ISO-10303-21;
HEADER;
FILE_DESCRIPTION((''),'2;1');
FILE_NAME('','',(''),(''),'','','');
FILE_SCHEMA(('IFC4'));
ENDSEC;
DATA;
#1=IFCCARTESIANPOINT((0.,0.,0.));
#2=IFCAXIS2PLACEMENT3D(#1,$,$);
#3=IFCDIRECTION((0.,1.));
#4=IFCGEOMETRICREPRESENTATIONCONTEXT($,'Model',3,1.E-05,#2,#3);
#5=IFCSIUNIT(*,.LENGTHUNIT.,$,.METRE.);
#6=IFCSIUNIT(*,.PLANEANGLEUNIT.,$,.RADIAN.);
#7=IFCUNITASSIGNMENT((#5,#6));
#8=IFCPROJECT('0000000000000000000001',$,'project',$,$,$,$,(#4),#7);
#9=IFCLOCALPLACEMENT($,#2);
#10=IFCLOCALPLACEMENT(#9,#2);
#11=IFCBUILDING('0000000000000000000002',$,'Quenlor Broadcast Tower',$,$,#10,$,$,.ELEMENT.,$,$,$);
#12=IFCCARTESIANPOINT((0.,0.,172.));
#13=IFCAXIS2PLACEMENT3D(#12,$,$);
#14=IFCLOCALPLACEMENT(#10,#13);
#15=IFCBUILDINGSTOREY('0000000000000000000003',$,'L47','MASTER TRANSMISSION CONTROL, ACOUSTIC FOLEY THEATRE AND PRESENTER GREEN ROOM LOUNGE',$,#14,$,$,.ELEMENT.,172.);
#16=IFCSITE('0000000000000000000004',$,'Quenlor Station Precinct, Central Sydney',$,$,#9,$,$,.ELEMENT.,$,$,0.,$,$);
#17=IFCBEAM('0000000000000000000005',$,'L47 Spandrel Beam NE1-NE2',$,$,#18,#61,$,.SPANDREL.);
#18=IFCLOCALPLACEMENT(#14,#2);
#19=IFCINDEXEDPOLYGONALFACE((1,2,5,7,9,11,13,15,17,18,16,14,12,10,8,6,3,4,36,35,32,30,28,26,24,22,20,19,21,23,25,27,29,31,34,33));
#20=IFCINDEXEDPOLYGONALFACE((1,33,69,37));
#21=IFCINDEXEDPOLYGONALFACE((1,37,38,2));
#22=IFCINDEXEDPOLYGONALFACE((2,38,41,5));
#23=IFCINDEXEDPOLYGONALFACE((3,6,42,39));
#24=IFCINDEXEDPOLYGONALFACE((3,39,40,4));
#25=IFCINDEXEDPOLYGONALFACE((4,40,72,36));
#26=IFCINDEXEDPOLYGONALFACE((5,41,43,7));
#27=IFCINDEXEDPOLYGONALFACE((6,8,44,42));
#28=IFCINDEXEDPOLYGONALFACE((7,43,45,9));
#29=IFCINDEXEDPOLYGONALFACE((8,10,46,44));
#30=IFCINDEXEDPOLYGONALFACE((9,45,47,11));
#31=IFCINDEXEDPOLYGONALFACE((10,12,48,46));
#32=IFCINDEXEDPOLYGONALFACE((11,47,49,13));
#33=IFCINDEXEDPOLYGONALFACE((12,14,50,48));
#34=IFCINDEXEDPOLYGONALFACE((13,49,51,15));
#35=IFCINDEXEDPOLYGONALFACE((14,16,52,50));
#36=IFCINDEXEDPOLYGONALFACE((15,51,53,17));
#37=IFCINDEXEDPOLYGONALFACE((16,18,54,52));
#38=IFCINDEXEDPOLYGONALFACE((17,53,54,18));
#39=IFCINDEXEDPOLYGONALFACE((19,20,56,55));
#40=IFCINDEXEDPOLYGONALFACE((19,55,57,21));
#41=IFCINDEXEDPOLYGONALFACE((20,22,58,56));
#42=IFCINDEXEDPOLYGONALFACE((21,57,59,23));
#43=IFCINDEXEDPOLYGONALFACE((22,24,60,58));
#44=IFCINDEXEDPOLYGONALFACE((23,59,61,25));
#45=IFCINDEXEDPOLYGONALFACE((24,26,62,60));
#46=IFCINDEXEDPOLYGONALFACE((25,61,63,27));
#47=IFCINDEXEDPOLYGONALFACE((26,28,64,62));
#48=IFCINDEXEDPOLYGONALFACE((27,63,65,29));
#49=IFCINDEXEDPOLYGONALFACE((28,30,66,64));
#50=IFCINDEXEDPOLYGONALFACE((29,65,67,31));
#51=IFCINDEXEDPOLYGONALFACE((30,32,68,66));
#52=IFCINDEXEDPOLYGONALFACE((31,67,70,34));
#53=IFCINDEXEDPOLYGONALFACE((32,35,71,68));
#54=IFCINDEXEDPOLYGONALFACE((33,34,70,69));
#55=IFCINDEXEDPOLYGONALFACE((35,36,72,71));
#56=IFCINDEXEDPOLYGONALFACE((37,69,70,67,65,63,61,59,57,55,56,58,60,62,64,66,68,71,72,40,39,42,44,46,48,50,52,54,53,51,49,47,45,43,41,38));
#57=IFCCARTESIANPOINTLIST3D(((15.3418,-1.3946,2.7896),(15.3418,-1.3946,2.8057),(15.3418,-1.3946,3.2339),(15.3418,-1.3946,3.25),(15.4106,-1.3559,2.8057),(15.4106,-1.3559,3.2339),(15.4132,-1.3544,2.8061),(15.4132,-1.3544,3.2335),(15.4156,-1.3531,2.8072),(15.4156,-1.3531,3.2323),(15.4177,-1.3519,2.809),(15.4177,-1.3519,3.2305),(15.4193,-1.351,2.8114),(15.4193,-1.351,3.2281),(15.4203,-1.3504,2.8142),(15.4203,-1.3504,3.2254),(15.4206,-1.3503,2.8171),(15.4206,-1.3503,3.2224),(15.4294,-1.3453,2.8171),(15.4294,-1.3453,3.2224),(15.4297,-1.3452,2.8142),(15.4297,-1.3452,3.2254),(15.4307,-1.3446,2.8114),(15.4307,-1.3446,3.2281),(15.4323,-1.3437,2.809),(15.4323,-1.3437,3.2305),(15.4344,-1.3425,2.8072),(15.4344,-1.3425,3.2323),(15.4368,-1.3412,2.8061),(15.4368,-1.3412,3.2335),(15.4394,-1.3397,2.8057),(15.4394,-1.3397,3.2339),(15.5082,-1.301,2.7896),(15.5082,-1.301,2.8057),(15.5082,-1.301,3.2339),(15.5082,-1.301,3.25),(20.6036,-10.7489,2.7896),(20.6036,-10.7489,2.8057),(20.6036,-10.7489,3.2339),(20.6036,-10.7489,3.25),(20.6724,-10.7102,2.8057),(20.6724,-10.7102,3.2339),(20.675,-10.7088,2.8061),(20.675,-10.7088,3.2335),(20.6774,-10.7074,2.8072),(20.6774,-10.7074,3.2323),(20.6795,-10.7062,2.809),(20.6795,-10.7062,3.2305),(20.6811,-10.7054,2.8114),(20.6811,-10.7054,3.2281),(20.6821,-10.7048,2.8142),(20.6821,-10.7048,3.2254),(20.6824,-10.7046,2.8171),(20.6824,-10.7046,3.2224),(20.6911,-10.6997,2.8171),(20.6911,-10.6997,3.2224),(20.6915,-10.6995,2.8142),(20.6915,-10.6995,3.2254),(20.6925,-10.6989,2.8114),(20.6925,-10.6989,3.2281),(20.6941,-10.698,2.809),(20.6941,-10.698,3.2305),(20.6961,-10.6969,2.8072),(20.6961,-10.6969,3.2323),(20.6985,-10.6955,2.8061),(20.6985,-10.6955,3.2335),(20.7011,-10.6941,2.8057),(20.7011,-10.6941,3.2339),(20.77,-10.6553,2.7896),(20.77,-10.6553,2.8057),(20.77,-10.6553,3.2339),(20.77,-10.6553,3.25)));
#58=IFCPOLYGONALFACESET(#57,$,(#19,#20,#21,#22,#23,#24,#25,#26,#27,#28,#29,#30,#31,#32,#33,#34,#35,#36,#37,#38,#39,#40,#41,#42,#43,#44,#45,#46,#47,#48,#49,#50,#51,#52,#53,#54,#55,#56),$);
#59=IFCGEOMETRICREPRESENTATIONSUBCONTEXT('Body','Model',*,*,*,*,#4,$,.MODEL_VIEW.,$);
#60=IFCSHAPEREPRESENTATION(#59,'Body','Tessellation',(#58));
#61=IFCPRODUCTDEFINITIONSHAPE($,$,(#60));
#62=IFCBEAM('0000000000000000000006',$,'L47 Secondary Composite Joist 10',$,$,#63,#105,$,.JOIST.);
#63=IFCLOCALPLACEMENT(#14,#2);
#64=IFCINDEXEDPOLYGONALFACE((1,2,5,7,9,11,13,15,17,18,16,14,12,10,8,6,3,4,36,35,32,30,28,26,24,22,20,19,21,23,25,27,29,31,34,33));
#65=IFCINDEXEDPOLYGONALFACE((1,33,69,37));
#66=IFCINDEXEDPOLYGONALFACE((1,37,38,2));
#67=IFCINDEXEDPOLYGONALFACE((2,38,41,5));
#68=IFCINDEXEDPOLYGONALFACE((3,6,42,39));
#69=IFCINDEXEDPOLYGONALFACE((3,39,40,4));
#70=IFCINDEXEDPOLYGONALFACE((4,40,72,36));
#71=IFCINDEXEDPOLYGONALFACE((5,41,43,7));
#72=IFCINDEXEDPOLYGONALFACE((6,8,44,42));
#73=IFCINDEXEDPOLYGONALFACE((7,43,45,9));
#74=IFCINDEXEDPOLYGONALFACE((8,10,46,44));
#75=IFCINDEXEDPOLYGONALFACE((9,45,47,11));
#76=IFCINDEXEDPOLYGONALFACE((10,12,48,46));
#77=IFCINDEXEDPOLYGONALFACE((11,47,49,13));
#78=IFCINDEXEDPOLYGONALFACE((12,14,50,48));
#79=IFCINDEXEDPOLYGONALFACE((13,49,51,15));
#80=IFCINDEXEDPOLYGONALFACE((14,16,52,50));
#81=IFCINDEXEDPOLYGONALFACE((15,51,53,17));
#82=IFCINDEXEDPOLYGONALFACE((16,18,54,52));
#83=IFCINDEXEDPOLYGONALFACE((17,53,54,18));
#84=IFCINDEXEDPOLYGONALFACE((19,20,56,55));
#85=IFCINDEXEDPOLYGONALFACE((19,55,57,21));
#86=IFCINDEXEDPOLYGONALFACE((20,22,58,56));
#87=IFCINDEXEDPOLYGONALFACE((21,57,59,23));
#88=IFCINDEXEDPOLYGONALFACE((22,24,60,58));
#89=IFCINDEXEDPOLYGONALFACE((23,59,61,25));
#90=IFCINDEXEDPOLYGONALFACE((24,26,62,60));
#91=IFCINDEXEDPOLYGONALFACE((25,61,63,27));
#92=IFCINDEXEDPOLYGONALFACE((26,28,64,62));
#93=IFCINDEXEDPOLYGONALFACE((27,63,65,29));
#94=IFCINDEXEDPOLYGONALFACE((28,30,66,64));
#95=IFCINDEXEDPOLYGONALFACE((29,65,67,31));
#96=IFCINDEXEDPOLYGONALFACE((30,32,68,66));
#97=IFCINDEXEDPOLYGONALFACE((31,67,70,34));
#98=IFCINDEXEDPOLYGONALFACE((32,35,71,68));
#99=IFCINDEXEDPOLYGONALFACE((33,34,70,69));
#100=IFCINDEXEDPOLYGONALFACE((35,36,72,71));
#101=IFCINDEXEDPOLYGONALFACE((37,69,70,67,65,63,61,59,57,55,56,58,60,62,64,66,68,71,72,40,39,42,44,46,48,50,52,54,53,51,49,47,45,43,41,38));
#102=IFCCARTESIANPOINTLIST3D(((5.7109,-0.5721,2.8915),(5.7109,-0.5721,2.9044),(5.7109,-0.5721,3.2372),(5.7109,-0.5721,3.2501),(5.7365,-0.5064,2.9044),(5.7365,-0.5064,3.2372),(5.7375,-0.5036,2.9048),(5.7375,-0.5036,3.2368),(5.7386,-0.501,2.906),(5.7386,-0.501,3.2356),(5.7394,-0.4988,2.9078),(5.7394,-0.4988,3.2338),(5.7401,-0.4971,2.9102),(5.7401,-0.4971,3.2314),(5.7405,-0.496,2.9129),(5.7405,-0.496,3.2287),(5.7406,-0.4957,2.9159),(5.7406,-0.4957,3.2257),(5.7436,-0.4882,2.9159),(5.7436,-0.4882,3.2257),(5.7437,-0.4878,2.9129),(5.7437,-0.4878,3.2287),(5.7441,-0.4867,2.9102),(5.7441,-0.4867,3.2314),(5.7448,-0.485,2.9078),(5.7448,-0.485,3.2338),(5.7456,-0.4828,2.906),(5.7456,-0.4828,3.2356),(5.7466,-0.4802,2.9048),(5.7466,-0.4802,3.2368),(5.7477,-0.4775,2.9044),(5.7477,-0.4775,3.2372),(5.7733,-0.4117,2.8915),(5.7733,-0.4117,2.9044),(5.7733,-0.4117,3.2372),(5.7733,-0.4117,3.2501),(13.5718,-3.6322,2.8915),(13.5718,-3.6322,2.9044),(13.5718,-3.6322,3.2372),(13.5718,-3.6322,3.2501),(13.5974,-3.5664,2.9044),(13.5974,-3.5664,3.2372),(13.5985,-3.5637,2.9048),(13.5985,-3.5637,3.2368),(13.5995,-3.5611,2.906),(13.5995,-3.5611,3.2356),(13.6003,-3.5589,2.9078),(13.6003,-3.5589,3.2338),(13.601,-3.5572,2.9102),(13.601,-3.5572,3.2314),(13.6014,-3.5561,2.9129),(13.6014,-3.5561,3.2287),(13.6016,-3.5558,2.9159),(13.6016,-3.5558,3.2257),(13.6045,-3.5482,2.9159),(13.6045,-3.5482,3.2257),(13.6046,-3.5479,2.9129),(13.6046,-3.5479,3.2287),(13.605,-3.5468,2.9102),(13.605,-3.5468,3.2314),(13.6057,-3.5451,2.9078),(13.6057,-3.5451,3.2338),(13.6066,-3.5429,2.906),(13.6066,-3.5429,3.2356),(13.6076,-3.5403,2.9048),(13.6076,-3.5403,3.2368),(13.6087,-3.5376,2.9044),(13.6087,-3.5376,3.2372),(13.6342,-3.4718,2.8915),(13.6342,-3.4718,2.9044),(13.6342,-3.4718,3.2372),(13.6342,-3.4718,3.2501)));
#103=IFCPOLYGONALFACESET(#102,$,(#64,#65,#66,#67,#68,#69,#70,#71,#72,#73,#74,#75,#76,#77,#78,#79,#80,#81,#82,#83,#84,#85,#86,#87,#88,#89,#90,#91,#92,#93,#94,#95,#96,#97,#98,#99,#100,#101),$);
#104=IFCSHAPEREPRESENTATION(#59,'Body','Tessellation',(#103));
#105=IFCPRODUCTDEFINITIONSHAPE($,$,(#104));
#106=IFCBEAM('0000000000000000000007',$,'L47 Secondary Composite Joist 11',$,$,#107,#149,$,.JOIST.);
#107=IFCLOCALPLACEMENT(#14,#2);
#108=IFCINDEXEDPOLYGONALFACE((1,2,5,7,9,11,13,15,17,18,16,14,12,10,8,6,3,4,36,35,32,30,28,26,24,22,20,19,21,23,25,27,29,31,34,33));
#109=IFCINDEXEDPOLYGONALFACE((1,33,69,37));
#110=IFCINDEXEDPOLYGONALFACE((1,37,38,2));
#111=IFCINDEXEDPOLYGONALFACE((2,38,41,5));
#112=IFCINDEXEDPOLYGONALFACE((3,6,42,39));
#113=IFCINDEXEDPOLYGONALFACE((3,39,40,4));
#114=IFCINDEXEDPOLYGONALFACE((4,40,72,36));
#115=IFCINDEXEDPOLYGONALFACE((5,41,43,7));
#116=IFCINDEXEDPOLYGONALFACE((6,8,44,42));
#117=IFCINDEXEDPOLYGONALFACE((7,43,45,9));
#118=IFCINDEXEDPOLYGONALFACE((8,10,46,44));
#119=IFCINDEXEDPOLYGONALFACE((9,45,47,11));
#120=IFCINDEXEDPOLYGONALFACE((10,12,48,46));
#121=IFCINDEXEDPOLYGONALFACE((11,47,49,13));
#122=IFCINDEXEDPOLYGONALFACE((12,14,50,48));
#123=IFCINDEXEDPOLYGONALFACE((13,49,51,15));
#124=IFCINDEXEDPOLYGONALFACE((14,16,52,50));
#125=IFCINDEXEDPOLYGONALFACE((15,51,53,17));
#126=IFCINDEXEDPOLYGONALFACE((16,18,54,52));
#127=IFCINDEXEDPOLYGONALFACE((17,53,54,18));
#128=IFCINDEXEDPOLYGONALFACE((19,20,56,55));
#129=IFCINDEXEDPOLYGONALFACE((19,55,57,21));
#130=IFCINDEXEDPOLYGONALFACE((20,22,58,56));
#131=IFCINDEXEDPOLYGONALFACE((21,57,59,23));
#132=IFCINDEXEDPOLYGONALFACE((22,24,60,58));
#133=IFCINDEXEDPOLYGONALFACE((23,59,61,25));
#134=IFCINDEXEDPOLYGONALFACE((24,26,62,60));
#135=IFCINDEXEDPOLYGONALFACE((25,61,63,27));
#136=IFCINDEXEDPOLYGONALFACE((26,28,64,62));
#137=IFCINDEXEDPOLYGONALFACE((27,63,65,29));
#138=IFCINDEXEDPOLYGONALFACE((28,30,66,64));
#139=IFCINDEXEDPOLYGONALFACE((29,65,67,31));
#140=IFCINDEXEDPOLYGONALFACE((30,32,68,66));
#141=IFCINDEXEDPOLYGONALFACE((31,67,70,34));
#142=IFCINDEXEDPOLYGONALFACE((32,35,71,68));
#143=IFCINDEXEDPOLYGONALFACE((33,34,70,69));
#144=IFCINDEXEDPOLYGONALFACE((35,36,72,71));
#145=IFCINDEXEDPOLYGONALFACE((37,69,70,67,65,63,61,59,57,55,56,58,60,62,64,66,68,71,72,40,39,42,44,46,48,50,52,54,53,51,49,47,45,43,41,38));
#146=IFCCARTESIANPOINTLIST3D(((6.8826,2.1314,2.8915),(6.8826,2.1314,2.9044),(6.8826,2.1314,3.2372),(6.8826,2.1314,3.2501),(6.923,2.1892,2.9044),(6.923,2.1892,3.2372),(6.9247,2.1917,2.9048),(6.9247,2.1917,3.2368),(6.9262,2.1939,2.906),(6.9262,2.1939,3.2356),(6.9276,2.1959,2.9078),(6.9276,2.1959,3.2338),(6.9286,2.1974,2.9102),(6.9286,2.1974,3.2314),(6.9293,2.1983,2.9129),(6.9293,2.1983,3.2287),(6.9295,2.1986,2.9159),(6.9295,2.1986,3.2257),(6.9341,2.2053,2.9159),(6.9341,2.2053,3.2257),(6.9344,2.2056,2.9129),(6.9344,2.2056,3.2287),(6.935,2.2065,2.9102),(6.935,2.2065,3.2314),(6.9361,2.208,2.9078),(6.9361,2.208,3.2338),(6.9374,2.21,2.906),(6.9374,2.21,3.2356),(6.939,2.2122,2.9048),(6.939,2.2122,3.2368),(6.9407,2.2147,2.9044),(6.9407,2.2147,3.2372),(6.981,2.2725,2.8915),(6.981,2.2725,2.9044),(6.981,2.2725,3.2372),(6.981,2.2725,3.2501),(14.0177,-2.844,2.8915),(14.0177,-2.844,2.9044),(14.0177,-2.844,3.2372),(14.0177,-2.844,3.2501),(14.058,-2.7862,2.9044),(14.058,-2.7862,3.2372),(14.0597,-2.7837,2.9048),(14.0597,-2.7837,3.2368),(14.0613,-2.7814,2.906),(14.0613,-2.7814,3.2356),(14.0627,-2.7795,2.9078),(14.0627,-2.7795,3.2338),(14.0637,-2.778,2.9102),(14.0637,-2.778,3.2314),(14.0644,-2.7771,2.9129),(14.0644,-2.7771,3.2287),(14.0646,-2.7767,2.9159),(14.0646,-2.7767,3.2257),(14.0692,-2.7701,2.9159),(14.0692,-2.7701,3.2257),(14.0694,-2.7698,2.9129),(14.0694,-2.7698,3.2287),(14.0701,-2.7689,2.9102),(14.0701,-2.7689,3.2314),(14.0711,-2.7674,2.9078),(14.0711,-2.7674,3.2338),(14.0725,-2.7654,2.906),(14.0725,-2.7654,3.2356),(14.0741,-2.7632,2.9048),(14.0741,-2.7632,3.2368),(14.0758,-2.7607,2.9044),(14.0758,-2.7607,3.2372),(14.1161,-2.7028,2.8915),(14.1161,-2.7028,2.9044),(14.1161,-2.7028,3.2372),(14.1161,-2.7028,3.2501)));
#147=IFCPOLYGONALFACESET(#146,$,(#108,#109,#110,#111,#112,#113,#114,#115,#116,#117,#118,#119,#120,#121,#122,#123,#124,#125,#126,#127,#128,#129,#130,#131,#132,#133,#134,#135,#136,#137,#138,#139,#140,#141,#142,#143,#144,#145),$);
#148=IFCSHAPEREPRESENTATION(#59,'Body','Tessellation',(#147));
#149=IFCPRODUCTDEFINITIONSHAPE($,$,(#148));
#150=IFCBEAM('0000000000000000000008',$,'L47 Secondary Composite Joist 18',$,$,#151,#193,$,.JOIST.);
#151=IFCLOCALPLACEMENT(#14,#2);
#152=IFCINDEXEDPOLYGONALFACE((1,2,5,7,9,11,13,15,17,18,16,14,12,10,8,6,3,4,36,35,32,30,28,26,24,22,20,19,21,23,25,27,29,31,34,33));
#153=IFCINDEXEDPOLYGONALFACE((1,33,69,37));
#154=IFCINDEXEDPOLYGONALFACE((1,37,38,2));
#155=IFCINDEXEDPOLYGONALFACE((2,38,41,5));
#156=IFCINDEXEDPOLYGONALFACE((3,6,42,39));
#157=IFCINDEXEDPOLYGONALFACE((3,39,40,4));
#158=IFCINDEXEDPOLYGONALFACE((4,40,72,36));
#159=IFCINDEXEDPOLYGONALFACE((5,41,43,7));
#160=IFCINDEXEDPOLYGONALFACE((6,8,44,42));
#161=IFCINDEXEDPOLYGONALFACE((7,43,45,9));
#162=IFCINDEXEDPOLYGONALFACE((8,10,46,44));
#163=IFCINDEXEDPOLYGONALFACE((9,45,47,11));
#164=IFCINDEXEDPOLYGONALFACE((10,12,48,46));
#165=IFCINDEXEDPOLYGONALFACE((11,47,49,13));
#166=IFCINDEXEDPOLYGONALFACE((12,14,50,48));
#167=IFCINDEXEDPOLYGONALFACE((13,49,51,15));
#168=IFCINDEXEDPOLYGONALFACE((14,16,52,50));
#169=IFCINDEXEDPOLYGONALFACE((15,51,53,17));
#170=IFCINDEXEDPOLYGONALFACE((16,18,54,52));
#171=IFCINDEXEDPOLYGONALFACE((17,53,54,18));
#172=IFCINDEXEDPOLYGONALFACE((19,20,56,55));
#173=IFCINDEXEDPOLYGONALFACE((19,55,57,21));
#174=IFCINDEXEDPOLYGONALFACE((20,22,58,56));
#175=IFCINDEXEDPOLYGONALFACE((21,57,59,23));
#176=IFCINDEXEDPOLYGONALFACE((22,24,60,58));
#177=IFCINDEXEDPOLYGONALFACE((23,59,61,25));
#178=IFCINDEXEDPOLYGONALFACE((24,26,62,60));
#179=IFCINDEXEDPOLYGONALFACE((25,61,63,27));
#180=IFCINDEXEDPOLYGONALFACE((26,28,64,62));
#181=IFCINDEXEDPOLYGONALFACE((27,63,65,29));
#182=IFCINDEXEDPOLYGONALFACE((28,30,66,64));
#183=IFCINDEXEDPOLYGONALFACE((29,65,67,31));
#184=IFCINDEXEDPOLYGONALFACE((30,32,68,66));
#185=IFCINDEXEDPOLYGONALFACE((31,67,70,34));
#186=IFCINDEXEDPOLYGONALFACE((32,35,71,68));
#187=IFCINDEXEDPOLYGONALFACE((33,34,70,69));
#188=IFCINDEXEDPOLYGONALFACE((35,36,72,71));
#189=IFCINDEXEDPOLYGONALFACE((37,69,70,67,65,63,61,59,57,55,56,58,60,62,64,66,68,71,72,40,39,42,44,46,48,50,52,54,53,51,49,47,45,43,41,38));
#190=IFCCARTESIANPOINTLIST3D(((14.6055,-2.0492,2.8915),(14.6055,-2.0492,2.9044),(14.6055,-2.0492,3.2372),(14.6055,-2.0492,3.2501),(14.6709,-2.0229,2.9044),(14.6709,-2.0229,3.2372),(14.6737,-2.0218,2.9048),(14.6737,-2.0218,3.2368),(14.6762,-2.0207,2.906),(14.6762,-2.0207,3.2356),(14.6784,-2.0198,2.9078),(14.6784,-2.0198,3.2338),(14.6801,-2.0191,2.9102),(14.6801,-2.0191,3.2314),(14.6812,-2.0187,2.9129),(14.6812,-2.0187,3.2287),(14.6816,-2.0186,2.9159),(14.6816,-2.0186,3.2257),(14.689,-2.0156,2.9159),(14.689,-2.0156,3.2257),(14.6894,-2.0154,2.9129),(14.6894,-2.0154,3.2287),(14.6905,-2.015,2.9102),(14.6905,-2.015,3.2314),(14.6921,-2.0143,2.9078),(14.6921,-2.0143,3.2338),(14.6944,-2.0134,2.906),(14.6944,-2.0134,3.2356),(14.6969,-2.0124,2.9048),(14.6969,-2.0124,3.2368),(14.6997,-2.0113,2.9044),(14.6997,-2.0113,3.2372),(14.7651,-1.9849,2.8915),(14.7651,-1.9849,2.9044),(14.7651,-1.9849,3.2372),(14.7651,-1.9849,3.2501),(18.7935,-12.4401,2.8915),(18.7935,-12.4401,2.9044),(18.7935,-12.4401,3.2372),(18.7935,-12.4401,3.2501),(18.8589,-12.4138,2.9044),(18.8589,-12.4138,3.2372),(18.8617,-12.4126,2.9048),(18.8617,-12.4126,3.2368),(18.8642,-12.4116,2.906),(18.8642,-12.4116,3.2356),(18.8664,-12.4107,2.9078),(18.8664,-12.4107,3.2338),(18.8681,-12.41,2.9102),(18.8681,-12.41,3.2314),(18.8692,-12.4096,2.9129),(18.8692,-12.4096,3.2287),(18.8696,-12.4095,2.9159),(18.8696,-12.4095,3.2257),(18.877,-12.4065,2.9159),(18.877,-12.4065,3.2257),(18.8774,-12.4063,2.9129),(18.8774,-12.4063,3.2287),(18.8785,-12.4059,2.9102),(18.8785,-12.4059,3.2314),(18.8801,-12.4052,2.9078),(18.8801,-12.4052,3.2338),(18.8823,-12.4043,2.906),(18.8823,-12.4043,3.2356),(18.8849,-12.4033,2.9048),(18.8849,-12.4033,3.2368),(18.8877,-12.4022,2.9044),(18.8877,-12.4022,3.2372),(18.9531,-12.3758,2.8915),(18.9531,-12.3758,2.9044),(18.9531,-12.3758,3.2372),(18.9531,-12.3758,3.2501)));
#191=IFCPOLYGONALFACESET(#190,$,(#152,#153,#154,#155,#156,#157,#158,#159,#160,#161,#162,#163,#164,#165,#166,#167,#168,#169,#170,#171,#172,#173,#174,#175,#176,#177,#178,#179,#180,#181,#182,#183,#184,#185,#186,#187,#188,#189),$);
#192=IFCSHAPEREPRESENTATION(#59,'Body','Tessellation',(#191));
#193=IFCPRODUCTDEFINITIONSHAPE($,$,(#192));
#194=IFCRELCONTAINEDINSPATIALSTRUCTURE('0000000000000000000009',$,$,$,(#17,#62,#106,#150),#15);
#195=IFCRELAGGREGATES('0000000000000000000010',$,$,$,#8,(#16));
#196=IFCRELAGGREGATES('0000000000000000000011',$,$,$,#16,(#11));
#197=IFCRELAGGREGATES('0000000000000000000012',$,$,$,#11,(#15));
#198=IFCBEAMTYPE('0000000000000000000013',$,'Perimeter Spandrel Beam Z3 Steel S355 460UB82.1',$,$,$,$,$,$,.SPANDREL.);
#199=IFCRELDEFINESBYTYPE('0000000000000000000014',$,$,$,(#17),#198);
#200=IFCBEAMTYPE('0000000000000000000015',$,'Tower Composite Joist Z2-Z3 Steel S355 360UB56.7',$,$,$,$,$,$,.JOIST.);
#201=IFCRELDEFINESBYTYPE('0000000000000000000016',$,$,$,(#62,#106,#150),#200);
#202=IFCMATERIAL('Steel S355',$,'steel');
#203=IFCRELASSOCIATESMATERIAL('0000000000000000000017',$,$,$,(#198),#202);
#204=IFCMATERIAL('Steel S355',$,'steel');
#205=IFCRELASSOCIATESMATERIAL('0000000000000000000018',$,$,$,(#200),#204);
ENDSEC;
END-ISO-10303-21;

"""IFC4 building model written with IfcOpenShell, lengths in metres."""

from ifc_helpers import new_model, si_unit, direction, frame, origin, origin_2d, place, context, subcontext, project, spatial, i_section, extrude, material, material_profile, profile_set, type_object, element, save


model = new_model("IFC4")

# Units and contexts
model_context = context("Model", 3, precision=1e-05, world=origin(), true_north=direction((0.0, 1.0)))
body_context = subcontext(model_context, "Body", "Model", "MODEL_VIEW")
ifc_project = project(units=[si_unit("LENGTHUNIT", "METRE"), si_unit("PLANEANGLEUNIT", "RADIAN")], contexts=[model_context])

# Site, building, storey
site_placement = place(None, origin())
site = spatial("IfcSite", under=ifc_project, at=site_placement, Name="Quenlor Station Precinct, Central Sydney", CompositionType="ELEMENT", RefElevation=0.0)
building_placement = place(site_placement, origin())
building = spatial("IfcBuilding", under=site, at=building_placement, Name="Quenlor Broadcast Tower", CompositionType="ELEMENT")
storey_placement = place(building_placement, frame((0.0, 0.0, 172.0)))
storey = spatial("IfcBuildingStorey", under=building, at=storey_placement, Name="L47", Description="MASTER TRANSMISSION CONTROL, ACOUSTIC FOLEY THEATRE AND PRESENTER GREEN ROOM LOUNGE", CompositionType="ELEMENT", Elevation=172.0)

# Beams
ifc_material_1 = material(Name="Steel S355", Category="steel")
ifc_material_profile_1 = material_profile(ifc_material_1, i_section(OverallWidth=0.1909, OverallDepth=0.4604, WebThickness=0.01, FlangeThickness=0.0161, FilletRadius=0.0115, at=origin_2d()))
ifc_profile_set_1 = profile_set([ifc_material_profile_1], Name="Steel S355 460UB82.1")
beam_type_1 = type_object("IfcBeamType", Name="Perimeter Spandrel Beam Z3 Steel S355 460UB82.1", PredefinedType="SPANDREL", material=ifc_profile_set_1)
beam_1_placement = place(storey_placement, frame((20.6868, -10.7021, 3.0198), z_axis=(-0.490258, 0.871577, 0.0), x_axis=(-0.871577, -0.490258, 0.0)))
element("IfcBeam", 1, at=beam_1_placement, inside=storey, type_object=beam_type_1, Name="L47 Spandrel Beam NE1-NE2", PredefinedType="SPANDREL", context=body_context, shape_type="SweptSolid", body=[
    extrude(i_section(OverallWidth=0.1909, OverallDepth=0.4604, WebThickness=0.01, FlangeThickness=0.0161, FilletRadius=0.0115, at=origin_2d()), origin(), (0.0, 0.0, 1.0), 10.7327),
])
ifc_material_2 = material(Name="Steel S355", Category="steel")
ifc_material_profile_2 = material_profile(ifc_material_2, i_section(OverallWidth=0.1721, OverallDepth=0.3586, WebThickness=0.0081, FlangeThickness=0.0129, FilletRadius=0.0115, at=origin_2d()))
ifc_profile_set_2 = profile_set([ifc_material_profile_2], Name="Steel S355 360UB56.7")
beam_type_2 = type_object("IfcBeamType", Name="Tower Composite Joist Z2-Z3 Steel S355 360UB56.7", PredefinedType="JOIST", material=ifc_profile_set_2)
beam_2_placement = place(storey_placement, frame((13.603, -3.552, 3.0708), z_axis=(-0.931882, 0.362762, 0.0), x_axis=(-0.362762, -0.931882, 0.0)))
element("IfcBeam", 2, at=beam_2_placement, inside=storey, type_object=beam_type_2, Name="L47 Secondary Composite Joist 10", PredefinedType="JOIST", context=body_context, shape_type="SweptSolid", body=[
    extrude(i_section(OverallWidth=0.1721, OverallDepth=0.3586, WebThickness=0.0081, FlangeThickness=0.0129, FilletRadius=0.0115, at=origin_2d()), origin(), (0.0, 0.0, 1.0), 8.4355),
])
beam_3_placement = place(storey_placement, frame((14.0669, -2.7734, 3.0708), z_axis=(-0.820266, 0.571983, 0.0), x_axis=(-0.571983, -0.820266, 0.0)))
element("IfcBeam", 3, at=beam_3_placement, inside=storey, type_object=beam_type_2, Name="L47 Secondary Composite Joist 11", PredefinedType="JOIST", context=body_context, shape_type="SweptSolid", body=[
    extrude(i_section(OverallWidth=0.1721, OverallDepth=0.3586, WebThickness=0.0081, FlangeThickness=0.0129, FilletRadius=0.0115, at=origin_2d()), origin(), (0.0, 0.0, 1.0), 8.6985),
])
beam_4_placement = place(storey_placement, frame((18.8733, -12.408, 3.0708), z_axis=(-0.373824, 0.9275, 0.0), x_axis=(-0.9275, -0.373824, 0.0)))
element("IfcBeam", 4, at=beam_4_placement, inside=storey, type_object=beam_type_2, Name="L47 Secondary Composite Joist 18", PredefinedType="JOIST", context=body_context, shape_type="SweptSolid", body=[
    extrude(i_section(OverallWidth=0.1721, OverallDepth=0.3586, WebThickness=0.0081, FlangeThickness=0.0129, FilletRadius=0.0115, at=origin_2d()), origin(), (0.0, 0.0, 1.0), 11.2031),
])

save(model, "model.ifc")
